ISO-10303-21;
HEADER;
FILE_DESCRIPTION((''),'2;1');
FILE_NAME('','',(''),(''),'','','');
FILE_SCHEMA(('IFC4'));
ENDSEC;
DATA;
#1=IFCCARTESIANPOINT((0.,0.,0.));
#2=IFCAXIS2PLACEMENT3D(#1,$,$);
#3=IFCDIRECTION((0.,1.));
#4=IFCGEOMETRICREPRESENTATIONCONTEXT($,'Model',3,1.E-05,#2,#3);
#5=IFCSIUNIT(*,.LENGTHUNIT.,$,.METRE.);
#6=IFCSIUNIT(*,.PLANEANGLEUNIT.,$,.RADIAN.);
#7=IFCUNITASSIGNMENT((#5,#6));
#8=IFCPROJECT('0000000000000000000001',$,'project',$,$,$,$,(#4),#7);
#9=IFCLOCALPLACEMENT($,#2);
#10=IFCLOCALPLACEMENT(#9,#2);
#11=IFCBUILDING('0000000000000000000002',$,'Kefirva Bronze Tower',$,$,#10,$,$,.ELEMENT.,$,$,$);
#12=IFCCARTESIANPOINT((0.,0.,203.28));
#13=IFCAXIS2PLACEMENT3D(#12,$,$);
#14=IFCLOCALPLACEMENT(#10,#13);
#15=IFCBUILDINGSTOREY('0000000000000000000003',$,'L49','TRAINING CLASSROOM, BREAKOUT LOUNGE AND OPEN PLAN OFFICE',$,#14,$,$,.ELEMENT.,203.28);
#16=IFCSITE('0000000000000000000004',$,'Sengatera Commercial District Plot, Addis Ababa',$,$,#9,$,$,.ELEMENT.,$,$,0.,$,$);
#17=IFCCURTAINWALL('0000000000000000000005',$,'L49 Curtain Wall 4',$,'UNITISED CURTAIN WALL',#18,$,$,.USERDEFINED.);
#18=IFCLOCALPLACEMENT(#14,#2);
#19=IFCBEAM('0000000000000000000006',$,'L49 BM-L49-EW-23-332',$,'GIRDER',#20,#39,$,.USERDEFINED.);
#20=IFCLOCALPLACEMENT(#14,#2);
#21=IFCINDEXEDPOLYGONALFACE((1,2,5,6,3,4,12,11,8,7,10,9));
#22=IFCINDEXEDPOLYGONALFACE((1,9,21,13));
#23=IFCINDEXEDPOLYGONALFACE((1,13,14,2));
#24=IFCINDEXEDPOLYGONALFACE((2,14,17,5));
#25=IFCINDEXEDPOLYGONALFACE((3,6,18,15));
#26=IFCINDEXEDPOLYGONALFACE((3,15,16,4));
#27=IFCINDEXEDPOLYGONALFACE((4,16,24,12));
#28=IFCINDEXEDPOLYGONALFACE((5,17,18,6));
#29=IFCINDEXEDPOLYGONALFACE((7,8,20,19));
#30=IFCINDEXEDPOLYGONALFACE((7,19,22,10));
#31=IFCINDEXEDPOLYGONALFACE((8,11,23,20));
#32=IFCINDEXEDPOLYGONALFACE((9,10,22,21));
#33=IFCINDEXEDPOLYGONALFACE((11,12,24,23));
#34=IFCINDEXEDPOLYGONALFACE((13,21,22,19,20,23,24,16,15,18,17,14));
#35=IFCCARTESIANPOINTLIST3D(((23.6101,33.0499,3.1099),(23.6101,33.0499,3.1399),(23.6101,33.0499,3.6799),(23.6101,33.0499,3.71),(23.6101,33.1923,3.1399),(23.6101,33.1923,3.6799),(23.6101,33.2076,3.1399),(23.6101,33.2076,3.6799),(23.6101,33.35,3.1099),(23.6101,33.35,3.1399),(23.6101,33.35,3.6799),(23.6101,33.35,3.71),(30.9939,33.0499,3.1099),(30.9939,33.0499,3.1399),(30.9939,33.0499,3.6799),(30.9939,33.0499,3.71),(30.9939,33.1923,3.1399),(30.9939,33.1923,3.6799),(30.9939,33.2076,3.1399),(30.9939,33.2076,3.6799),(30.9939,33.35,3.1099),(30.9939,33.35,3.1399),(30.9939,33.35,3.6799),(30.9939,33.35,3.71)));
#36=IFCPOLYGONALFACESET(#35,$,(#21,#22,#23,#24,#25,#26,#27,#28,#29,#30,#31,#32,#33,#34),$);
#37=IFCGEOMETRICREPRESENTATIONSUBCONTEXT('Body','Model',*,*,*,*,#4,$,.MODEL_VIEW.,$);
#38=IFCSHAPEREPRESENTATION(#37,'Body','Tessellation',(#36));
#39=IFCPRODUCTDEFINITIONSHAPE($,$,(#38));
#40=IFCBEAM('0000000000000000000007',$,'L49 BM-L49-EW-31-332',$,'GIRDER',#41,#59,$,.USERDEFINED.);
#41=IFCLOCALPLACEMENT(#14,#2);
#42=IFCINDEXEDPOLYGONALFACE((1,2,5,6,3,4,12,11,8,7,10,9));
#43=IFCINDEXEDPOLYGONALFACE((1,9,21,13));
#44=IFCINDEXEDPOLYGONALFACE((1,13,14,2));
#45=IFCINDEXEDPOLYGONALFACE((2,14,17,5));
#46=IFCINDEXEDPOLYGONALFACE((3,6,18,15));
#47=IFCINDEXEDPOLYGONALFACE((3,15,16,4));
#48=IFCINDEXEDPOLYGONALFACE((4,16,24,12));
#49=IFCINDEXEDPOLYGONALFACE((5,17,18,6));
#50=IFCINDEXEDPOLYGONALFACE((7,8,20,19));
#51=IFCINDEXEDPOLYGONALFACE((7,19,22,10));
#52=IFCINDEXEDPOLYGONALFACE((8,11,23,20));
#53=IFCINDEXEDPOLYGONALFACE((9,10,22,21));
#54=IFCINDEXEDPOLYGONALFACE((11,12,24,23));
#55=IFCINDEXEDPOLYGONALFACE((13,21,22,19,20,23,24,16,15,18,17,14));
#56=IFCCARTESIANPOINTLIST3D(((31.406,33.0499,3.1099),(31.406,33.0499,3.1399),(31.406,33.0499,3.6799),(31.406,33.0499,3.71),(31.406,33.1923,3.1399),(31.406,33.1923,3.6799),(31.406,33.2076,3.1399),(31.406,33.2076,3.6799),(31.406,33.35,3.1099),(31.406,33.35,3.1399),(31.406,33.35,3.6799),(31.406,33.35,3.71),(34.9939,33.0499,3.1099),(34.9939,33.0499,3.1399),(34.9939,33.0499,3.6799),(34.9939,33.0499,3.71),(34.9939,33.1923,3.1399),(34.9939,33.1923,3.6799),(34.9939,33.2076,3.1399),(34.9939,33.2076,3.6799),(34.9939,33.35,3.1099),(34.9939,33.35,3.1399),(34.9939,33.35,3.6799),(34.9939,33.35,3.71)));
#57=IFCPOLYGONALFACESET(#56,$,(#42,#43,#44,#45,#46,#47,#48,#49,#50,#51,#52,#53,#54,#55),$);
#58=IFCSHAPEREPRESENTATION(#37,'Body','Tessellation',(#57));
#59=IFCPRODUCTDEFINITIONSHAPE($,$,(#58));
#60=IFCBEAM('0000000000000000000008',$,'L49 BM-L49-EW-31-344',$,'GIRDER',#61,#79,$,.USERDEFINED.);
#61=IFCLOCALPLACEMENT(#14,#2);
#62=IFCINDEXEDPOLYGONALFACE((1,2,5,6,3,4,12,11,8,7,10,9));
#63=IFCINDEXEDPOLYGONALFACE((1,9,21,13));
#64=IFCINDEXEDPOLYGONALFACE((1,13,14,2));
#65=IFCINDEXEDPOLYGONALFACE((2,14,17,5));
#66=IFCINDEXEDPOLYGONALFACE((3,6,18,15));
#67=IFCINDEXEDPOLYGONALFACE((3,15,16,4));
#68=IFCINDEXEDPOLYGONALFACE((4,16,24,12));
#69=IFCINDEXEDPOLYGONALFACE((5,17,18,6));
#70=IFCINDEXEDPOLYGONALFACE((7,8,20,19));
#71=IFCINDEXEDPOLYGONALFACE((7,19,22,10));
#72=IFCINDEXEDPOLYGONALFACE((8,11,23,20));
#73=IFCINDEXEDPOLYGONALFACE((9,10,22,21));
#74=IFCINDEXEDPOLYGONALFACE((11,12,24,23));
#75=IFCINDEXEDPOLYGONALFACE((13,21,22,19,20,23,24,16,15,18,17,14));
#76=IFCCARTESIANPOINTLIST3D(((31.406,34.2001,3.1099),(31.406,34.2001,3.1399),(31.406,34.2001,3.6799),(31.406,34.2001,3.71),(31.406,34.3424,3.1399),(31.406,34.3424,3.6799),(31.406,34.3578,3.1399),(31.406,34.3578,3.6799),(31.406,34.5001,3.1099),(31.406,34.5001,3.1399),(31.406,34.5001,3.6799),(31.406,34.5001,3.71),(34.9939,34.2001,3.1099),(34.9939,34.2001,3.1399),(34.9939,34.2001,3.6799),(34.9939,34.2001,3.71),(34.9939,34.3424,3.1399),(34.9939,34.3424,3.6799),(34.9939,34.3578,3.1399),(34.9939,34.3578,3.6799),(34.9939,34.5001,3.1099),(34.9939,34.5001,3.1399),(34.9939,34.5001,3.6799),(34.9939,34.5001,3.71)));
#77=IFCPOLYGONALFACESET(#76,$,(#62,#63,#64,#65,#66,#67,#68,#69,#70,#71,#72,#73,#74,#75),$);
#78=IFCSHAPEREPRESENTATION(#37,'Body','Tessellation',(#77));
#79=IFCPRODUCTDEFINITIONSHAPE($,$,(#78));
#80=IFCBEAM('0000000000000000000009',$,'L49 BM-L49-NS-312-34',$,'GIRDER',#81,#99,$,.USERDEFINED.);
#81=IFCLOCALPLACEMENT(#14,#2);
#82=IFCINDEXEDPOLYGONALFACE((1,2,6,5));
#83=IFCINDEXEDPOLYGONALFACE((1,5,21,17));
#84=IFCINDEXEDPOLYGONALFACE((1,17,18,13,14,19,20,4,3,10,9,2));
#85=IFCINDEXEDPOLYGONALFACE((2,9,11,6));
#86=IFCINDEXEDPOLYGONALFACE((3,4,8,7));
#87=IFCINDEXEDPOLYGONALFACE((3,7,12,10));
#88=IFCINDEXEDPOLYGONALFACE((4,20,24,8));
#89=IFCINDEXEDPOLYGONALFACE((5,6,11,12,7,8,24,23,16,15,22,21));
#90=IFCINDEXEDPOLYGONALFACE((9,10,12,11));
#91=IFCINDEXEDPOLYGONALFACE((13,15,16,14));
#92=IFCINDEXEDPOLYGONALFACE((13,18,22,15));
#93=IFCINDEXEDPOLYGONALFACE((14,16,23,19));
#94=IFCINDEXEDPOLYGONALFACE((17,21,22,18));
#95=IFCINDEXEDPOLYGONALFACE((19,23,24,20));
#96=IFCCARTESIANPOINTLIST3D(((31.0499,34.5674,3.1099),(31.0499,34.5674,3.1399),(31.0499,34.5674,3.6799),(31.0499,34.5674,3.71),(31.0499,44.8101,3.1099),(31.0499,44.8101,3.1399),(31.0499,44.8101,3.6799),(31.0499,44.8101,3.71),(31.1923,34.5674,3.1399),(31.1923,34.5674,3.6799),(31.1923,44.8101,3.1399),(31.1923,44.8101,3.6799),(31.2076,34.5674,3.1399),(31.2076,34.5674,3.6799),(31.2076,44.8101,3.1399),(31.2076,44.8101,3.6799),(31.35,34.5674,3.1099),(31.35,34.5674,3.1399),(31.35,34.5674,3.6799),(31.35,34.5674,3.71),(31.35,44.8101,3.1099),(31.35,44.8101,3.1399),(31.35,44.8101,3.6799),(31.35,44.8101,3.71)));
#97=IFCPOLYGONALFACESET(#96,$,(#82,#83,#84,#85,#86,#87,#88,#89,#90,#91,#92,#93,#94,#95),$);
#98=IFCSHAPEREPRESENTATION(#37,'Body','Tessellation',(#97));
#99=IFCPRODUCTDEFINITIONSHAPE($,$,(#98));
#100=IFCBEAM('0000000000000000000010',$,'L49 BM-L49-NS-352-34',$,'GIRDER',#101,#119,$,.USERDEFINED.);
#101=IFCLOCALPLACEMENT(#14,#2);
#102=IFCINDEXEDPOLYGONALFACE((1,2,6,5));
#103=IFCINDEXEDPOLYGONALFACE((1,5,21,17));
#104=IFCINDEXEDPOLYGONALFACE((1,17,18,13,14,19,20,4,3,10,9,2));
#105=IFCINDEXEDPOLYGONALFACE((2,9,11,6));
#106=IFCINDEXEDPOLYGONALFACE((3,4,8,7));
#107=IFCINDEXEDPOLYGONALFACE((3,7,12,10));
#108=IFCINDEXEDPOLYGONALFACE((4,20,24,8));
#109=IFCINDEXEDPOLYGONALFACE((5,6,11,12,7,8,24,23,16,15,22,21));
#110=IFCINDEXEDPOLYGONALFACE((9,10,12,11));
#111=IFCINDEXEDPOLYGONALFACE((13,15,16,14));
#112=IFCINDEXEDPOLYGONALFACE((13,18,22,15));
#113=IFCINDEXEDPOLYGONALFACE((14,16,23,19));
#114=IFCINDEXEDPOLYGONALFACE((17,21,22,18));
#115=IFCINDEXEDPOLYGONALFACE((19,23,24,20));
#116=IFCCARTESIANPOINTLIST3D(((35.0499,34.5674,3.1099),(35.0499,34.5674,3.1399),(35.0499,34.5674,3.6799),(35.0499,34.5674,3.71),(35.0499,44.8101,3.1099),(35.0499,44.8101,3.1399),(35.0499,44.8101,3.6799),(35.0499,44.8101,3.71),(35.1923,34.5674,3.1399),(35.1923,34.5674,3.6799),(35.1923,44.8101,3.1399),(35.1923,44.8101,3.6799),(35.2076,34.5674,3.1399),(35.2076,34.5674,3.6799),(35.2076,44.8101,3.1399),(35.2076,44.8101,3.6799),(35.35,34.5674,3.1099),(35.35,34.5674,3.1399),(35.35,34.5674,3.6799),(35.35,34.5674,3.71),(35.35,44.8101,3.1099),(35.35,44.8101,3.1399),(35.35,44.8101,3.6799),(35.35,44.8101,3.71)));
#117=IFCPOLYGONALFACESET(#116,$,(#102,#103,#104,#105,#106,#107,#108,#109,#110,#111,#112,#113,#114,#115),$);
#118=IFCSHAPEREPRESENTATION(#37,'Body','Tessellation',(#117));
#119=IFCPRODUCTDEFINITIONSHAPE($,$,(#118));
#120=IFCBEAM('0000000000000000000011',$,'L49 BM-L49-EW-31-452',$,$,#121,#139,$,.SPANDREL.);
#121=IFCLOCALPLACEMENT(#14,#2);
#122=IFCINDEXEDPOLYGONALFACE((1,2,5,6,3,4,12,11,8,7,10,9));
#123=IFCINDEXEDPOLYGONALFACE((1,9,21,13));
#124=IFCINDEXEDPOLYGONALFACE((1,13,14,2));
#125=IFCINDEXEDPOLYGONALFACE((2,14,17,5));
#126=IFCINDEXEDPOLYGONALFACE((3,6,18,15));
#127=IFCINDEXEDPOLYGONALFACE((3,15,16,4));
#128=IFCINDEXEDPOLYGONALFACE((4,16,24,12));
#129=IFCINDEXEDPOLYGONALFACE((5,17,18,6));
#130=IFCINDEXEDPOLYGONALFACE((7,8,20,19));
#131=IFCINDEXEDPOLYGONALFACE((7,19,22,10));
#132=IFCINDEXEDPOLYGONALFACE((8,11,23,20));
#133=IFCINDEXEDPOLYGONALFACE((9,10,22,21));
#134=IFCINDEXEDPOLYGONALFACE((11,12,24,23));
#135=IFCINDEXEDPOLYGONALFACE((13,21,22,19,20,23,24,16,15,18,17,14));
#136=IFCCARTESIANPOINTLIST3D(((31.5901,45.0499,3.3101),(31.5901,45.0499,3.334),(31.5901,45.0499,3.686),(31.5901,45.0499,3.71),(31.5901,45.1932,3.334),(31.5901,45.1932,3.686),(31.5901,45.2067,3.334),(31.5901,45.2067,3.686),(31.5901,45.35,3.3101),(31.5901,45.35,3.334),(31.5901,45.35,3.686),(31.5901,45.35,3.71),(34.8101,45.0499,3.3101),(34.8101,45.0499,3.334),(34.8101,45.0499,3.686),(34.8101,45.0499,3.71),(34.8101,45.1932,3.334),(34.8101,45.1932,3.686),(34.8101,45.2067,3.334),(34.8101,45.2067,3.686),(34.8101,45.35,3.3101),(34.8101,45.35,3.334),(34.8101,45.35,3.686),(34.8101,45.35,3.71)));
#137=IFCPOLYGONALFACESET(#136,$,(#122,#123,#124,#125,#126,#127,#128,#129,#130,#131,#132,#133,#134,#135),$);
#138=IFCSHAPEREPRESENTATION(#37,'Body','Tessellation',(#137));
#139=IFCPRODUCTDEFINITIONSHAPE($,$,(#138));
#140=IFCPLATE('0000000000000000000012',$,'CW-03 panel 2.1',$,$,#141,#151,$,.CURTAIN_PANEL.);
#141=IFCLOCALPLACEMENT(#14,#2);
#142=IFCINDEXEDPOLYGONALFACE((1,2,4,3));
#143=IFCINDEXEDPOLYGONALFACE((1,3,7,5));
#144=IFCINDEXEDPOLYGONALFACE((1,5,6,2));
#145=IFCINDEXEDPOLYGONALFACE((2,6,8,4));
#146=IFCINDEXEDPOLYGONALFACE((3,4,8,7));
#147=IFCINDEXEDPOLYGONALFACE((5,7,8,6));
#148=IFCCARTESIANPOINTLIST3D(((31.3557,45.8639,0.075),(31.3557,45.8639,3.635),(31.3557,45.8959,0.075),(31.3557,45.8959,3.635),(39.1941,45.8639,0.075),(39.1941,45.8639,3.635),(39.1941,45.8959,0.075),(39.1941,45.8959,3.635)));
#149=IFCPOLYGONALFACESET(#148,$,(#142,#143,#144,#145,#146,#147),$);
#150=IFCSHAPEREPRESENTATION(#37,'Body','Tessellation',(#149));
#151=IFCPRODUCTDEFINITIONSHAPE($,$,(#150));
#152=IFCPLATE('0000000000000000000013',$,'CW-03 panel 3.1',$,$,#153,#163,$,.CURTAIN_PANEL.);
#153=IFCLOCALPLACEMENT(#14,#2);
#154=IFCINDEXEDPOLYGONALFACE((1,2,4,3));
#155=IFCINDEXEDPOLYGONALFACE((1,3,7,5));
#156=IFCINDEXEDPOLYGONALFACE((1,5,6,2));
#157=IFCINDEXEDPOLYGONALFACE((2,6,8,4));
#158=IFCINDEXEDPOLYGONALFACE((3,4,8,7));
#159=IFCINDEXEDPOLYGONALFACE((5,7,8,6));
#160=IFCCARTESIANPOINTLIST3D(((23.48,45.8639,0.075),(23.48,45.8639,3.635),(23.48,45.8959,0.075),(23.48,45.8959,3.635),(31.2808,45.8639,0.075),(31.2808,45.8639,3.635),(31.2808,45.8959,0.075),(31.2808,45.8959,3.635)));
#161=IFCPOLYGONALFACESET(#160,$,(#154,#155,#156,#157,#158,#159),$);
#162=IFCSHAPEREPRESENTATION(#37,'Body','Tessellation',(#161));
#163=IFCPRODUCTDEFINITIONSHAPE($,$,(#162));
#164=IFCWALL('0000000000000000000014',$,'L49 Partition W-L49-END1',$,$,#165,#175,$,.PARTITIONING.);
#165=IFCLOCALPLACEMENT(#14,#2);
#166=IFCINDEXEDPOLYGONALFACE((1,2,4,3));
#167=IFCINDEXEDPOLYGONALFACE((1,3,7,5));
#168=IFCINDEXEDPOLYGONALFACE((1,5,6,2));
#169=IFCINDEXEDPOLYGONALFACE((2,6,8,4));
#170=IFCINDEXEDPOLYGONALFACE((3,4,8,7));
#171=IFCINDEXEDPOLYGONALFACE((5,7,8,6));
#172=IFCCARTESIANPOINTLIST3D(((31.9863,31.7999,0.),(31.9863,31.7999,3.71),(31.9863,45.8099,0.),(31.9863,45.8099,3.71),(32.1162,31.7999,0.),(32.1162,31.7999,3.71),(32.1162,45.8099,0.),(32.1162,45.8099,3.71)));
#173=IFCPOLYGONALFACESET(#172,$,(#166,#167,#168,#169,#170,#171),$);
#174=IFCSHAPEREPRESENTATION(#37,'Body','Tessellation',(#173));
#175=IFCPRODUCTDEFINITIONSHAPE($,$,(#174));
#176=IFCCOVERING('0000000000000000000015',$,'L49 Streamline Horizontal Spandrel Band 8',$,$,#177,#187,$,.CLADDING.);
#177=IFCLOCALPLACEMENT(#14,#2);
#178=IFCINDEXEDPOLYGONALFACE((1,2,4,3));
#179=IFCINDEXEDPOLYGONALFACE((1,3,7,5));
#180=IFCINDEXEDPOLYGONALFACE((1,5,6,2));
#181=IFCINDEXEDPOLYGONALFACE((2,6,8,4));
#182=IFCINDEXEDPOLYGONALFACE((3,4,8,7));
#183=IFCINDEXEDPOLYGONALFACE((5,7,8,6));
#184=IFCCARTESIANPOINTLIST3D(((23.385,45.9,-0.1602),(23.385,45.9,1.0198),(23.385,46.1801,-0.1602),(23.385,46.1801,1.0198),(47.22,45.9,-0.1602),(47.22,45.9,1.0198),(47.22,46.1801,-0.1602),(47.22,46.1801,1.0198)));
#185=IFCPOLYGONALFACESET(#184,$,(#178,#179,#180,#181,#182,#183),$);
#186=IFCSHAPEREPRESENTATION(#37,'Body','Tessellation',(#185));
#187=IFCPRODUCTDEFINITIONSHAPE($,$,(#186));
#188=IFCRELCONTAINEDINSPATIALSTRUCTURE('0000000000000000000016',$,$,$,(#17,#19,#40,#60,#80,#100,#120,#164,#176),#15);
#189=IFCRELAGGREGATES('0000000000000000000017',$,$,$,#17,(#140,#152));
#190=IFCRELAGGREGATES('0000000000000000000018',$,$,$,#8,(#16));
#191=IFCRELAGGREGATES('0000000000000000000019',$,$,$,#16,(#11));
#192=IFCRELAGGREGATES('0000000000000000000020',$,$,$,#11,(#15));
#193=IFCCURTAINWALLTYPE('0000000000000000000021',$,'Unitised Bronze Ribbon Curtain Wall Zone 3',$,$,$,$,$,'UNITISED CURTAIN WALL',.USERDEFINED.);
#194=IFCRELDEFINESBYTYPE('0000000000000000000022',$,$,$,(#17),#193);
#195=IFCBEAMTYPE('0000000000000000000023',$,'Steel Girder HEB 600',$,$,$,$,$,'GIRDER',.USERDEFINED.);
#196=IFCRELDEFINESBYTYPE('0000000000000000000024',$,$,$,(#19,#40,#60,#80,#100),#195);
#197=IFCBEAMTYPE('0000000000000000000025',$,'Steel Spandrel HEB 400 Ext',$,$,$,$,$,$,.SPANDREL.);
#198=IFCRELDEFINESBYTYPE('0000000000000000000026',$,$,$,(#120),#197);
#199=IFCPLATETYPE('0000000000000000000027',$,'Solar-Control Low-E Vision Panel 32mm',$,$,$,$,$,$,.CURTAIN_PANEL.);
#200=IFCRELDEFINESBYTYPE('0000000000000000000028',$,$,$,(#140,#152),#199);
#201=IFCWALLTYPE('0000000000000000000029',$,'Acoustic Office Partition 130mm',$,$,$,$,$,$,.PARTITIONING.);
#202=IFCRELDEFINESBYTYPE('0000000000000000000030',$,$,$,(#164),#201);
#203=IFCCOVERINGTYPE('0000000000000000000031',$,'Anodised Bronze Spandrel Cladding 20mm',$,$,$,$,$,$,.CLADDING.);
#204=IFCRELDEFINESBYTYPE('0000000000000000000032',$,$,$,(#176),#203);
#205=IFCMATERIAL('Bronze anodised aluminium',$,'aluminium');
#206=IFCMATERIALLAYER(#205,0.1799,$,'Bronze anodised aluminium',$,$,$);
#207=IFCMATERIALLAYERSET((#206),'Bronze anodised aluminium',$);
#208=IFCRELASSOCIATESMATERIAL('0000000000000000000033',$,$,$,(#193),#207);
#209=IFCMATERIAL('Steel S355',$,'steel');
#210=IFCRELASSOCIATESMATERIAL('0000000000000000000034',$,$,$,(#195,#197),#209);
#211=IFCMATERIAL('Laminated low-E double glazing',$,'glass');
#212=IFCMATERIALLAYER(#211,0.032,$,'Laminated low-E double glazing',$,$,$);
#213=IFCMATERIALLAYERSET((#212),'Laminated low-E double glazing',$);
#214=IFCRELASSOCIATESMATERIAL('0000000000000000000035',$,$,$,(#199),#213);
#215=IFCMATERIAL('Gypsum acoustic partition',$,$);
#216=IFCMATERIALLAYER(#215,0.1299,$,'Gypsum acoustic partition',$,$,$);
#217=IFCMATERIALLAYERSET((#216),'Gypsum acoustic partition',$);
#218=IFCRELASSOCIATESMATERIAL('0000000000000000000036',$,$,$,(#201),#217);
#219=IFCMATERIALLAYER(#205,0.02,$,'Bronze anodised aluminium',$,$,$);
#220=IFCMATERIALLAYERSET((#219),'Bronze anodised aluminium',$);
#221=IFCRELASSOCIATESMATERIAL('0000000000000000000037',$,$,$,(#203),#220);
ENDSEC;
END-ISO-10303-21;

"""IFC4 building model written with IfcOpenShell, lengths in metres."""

from ifc_helpers import new_model, si_unit, direction, frame, frame_2d, origin, origin_2d, place, context, subcontext, project, spatial, rectangle, i_section, extrude, material, layer, layer_set, material_profile, profile_set, type_object, element, aggregate, save


model = new_model("IFC4")

# Units and contexts
model_context = context("Model", 3, precision=1e-05, world=origin(), true_north=direction((0.0, 1.0)))
body_context = subcontext(model_context, "Body", "Model", "MODEL_VIEW")
ifc_project = project(units=[si_unit("LENGTHUNIT", "METRE"), si_unit("PLANEANGLEUNIT", "RADIAN")], contexts=[model_context])

# Site, building, storey
site_placement = place(None, origin())
site = spatial("IfcSite", under=ifc_project, at=site_placement, Name="Sengatera Commercial District Plot, Addis Ababa", CompositionType="ELEMENT", RefElevation=0.0)
building_placement = place(site_placement, origin())
building = spatial("IfcBuilding", under=site, at=building_placement, Name="Kefirva Bronze Tower", CompositionType="ELEMENT")
storey_placement = place(building_placement, frame((0.0, 0.0, 203.28)))
storey = spatial("IfcBuildingStorey", under=building, at=storey_placement, Name="L49", Description="TRAINING CLASSROOM, BREAKOUT LOUNGE AND OPEN PLAN OFFICE", CompositionType="ELEMENT", Elevation=203.28)

# Curtain wall
ifc_material_1 = material(Name="Bronze anodised aluminium", Category="aluminium")
ifc_layer_1 = layer(ifc_material_1, 0.1799, Name="Bronze anodised aluminium")
ifc_layer_set_1 = layer_set([ifc_layer_1], Name="Bronze anodised aluminium")
curtain_wall_type = type_object("IfcCurtainWallType", Name="Unitised Bronze Ribbon Curtain Wall Zone 3", ElementType="UNITISED CURTAIN WALL", PredefinedType="USERDEFINED", material=ifc_layer_set_1)
curtain_wall_placement = place(storey_placement, origin())
curtain_wall = element("IfcCurtainWall", 1, at=curtain_wall_placement, inside=storey, type_object=curtain_wall_type, Name="L49 Curtain Wall 4", ObjectType="UNITISED CURTAIN WALL", PredefinedType="USERDEFINED")

# Beams
ifc_material_2 = material(Name="Steel S355", Category="steel")
ifc_material_profile_1 = material_profile(ifc_material_2, i_section(OverallWidth=0.3, OverallDepth=0.6001, WebThickness=0.0154, FlangeThickness=0.03, at=origin_2d()), Name="HEB 600")
ifc_profile_set_1 = profile_set([ifc_material_profile_1], Name="Steel S355")
beam_type_1 = type_object("IfcBeamType", Name="Steel Girder HEB 600", ElementType="GIRDER", PredefinedType="USERDEFINED", material=ifc_profile_set_1)
beam_1_placement = place(storey_placement, frame((23.6101, 33.2, 3.4099), z_axis=(1.0, 0.0, 0.0), x_axis=(0.0, 1.0, 0.0)))
element("IfcBeam", 2, at=beam_1_placement, inside=storey, type_object=beam_type_1, Name="L49 BM-L49-EW-23-332", ObjectType="GIRDER", PredefinedType="USERDEFINED", context=body_context, shape_type="SweptSolid", body=[
    extrude(i_section(OverallWidth=0.3, OverallDepth=0.6001, WebThickness=0.0154, FlangeThickness=0.03, at=origin_2d()), origin(), (0.0, 0.0, 1.0), 7.3838),
])
for number, where, z_axis, x_axis, name in (
    (3, (31.406, 33.2, 3.4099), (1.0, 0.0, 0.0), (0.0, 1.0, 0.0), "L49 BM-L49-EW-31-332"),
    (4, (31.406, 34.3501, 3.4099), (1.0, 0.0, 0.0), (0.0, 1.0, 0.0), "L49 BM-L49-EW-31-344"),
):
    element("IfcBeam", number, at=place(storey_placement, frame(where, z_axis=z_axis, x_axis=x_axis)), inside=storey, type_object=beam_type_1, Name=name, ObjectType="GIRDER", PredefinedType="USERDEFINED", context=body_context, shape_type="SweptSolid", body=[
        extrude(i_section(OverallWidth=0.3, OverallDepth=0.6001, WebThickness=0.0154, FlangeThickness=0.03, at=origin_2d()), origin(), (0.0, 0.0, 1.0), 3.5879),
    ])
for number, where, z_axis, x_axis, name in (
    (5, (31.2, 34.5674, 3.4099), (0.0, 1.0, 0.0), (-1.0, 0.0, 0.0), "L49 BM-L49-NS-312-34"),
    (6, (35.2, 34.5674, 3.4099), (0.0, 1.0, 0.0), (-1.0, 0.0, 0.0), "L49 BM-L49-NS-352-34"),
):
    element("IfcBeam", number, at=place(storey_placement, frame(where, z_axis=z_axis, x_axis=x_axis)), inside=storey, type_object=beam_type_1, Name=name, ObjectType="GIRDER", PredefinedType="USERDEFINED", context=body_context, shape_type="SweptSolid", body=[
        extrude(i_section(OverallWidth=0.3, OverallDepth=0.6001, WebThickness=0.0154, FlangeThickness=0.03, at=origin_2d()), origin(), (0.0, 0.0, 1.0), 10.2427),
    ])
ifc_material_profile_2 = material_profile(ifc_material_2, i_section(OverallWidth=0.3, OverallDepth=0.3999, WebThickness=0.0134, FlangeThickness=0.0239, at=origin_2d()), Name="HEB 400")
ifc_profile_set_2 = profile_set([ifc_material_profile_2], Name="Steel S355")
beam_type_2 = type_object("IfcBeamType", Name="Steel Spandrel HEB 400 Ext", PredefinedType="SPANDREL", material=ifc_profile_set_2)
beam_2_placement = place(storey_placement, frame((31.5901, 45.2, 3.51), z_axis=(1.0, 0.0, 0.0), x_axis=(0.0, 1.0, 0.0)))
element("IfcBeam", 7, at=beam_2_placement, inside=storey, type_object=beam_type_2, Name="L49 BM-L49-EW-31-452", PredefinedType="SPANDREL", context=body_context, shape_type="SweptSolid", body=[
    extrude(i_section(OverallWidth=0.3, OverallDepth=0.3999, WebThickness=0.0134, FlangeThickness=0.0239, at=origin_2d()), origin(), (0.0, 0.0, 1.0), 3.22),
])

# Plates
ifc_material_3 = material(Name="Laminated low-E double glazing", Category="glass")
ifc_layer_2 = layer(ifc_material_3, 0.032, Name="Laminated low-E double glazing")
ifc_layer_set_2 = layer_set([ifc_layer_2], Name="Laminated low-E double glazing")
plate_type = type_object("IfcPlateType", Name="Solar-Control Low-E Vision Panel 32mm", PredefinedType="CURTAIN_PANEL", material=ifc_layer_set_2)
plate_1_placement = place(storey_placement, frame((35.2749, 45.8799, 0.075), z_axis=(0.0, 0.0, 1.0), x_axis=(-1.0, 0.0, 0.0)))
plate_1 = element("IfcPlate", 8, at=plate_1_placement, type_object=plate_type, Name="CW-03 panel 2.1", PredefinedType="CURTAIN_PANEL", context=body_context, shape_type="SweptSolid", body=[
    extrude(rectangle(XDim=7.8384, YDim=0.032, at=origin_2d()), origin(), (0.0, 0.0, 1.0), 3.5601),
])
plate_2_placement = place(storey_placement, frame((27.3804, 45.8799, 0.075), z_axis=(0.0, 0.0, 1.0), x_axis=(-1.0, 0.0, 0.0)))
plate_2 = element("IfcPlate", 9, at=plate_2_placement, type_object=plate_type, Name="CW-03 panel 3.1", PredefinedType="CURTAIN_PANEL", context=body_context, shape_type="SweptSolid", body=[
    extrude(rectangle(XDim=7.8008, YDim=0.032, at=origin_2d()), origin(), (0.0, 0.0, 1.0), 3.5601),
])
aggregate(curtain_wall, [plate_1, plate_2])

# Wall
ifc_material_4 = material(Name="Gypsum acoustic partition")
ifc_layer_3 = layer(ifc_material_4, 0.1299, Name="Gypsum acoustic partition")
ifc_layer_set_3 = layer_set([ifc_layer_3], Name="Gypsum acoustic partition")
wall_type = type_object("IfcWallType", Name="Acoustic Office Partition 130mm", PredefinedType="PARTITIONING", material=ifc_layer_set_3)
wall_placement = place(storey_placement, frame((32.0513, 31.8, 0.0), z_axis=(0.0, 0.0, 1.0), x_axis=(0.0, 1.0, 0.0)))
element("IfcWall", 10, at=wall_placement, inside=storey, type_object=wall_type, Name="L49 Partition W-L49-END1", PredefinedType="PARTITIONING", context=body_context, shape_type="SweptSolid", body=[
    extrude(rectangle(XDim=14.01, YDim=0.1299, at=frame_2d((7.0049, 0.0))), origin(), (0.0, 0.0, 1.0), 3.71),
])

# Covering
ifc_layer_4 = layer(ifc_material_1, 0.02, Name="Bronze anodised aluminium")
ifc_layer_set_4 = layer_set([ifc_layer_4], Name="Bronze anodised aluminium")
covering_type_1 = type_object("IfcCoveringType", Name="Anodised Bronze Spandrel Cladding 20mm", PredefinedType="CLADDING", material=ifc_layer_set_4)
covering_placement = place(storey_placement, frame((35.3025, 46.04, -0.1602), z_axis=(0.0, 0.0, 1.0), x_axis=(-1.0, 0.0, 0.0)))
element("IfcCovering", 11, at=covering_placement, inside=storey, type_object=covering_type_1, Name="L49 Streamline Horizontal Spandrel Band 8", PredefinedType="CLADDING", context=body_context, shape_type="SweptSolid", body=[
    extrude(rectangle(XDim=23.835, YDim=0.28, at=origin_2d()), origin(), (0.0, 0.0, 1.0), 1.1799),
])

save(model, "model.ifc")
